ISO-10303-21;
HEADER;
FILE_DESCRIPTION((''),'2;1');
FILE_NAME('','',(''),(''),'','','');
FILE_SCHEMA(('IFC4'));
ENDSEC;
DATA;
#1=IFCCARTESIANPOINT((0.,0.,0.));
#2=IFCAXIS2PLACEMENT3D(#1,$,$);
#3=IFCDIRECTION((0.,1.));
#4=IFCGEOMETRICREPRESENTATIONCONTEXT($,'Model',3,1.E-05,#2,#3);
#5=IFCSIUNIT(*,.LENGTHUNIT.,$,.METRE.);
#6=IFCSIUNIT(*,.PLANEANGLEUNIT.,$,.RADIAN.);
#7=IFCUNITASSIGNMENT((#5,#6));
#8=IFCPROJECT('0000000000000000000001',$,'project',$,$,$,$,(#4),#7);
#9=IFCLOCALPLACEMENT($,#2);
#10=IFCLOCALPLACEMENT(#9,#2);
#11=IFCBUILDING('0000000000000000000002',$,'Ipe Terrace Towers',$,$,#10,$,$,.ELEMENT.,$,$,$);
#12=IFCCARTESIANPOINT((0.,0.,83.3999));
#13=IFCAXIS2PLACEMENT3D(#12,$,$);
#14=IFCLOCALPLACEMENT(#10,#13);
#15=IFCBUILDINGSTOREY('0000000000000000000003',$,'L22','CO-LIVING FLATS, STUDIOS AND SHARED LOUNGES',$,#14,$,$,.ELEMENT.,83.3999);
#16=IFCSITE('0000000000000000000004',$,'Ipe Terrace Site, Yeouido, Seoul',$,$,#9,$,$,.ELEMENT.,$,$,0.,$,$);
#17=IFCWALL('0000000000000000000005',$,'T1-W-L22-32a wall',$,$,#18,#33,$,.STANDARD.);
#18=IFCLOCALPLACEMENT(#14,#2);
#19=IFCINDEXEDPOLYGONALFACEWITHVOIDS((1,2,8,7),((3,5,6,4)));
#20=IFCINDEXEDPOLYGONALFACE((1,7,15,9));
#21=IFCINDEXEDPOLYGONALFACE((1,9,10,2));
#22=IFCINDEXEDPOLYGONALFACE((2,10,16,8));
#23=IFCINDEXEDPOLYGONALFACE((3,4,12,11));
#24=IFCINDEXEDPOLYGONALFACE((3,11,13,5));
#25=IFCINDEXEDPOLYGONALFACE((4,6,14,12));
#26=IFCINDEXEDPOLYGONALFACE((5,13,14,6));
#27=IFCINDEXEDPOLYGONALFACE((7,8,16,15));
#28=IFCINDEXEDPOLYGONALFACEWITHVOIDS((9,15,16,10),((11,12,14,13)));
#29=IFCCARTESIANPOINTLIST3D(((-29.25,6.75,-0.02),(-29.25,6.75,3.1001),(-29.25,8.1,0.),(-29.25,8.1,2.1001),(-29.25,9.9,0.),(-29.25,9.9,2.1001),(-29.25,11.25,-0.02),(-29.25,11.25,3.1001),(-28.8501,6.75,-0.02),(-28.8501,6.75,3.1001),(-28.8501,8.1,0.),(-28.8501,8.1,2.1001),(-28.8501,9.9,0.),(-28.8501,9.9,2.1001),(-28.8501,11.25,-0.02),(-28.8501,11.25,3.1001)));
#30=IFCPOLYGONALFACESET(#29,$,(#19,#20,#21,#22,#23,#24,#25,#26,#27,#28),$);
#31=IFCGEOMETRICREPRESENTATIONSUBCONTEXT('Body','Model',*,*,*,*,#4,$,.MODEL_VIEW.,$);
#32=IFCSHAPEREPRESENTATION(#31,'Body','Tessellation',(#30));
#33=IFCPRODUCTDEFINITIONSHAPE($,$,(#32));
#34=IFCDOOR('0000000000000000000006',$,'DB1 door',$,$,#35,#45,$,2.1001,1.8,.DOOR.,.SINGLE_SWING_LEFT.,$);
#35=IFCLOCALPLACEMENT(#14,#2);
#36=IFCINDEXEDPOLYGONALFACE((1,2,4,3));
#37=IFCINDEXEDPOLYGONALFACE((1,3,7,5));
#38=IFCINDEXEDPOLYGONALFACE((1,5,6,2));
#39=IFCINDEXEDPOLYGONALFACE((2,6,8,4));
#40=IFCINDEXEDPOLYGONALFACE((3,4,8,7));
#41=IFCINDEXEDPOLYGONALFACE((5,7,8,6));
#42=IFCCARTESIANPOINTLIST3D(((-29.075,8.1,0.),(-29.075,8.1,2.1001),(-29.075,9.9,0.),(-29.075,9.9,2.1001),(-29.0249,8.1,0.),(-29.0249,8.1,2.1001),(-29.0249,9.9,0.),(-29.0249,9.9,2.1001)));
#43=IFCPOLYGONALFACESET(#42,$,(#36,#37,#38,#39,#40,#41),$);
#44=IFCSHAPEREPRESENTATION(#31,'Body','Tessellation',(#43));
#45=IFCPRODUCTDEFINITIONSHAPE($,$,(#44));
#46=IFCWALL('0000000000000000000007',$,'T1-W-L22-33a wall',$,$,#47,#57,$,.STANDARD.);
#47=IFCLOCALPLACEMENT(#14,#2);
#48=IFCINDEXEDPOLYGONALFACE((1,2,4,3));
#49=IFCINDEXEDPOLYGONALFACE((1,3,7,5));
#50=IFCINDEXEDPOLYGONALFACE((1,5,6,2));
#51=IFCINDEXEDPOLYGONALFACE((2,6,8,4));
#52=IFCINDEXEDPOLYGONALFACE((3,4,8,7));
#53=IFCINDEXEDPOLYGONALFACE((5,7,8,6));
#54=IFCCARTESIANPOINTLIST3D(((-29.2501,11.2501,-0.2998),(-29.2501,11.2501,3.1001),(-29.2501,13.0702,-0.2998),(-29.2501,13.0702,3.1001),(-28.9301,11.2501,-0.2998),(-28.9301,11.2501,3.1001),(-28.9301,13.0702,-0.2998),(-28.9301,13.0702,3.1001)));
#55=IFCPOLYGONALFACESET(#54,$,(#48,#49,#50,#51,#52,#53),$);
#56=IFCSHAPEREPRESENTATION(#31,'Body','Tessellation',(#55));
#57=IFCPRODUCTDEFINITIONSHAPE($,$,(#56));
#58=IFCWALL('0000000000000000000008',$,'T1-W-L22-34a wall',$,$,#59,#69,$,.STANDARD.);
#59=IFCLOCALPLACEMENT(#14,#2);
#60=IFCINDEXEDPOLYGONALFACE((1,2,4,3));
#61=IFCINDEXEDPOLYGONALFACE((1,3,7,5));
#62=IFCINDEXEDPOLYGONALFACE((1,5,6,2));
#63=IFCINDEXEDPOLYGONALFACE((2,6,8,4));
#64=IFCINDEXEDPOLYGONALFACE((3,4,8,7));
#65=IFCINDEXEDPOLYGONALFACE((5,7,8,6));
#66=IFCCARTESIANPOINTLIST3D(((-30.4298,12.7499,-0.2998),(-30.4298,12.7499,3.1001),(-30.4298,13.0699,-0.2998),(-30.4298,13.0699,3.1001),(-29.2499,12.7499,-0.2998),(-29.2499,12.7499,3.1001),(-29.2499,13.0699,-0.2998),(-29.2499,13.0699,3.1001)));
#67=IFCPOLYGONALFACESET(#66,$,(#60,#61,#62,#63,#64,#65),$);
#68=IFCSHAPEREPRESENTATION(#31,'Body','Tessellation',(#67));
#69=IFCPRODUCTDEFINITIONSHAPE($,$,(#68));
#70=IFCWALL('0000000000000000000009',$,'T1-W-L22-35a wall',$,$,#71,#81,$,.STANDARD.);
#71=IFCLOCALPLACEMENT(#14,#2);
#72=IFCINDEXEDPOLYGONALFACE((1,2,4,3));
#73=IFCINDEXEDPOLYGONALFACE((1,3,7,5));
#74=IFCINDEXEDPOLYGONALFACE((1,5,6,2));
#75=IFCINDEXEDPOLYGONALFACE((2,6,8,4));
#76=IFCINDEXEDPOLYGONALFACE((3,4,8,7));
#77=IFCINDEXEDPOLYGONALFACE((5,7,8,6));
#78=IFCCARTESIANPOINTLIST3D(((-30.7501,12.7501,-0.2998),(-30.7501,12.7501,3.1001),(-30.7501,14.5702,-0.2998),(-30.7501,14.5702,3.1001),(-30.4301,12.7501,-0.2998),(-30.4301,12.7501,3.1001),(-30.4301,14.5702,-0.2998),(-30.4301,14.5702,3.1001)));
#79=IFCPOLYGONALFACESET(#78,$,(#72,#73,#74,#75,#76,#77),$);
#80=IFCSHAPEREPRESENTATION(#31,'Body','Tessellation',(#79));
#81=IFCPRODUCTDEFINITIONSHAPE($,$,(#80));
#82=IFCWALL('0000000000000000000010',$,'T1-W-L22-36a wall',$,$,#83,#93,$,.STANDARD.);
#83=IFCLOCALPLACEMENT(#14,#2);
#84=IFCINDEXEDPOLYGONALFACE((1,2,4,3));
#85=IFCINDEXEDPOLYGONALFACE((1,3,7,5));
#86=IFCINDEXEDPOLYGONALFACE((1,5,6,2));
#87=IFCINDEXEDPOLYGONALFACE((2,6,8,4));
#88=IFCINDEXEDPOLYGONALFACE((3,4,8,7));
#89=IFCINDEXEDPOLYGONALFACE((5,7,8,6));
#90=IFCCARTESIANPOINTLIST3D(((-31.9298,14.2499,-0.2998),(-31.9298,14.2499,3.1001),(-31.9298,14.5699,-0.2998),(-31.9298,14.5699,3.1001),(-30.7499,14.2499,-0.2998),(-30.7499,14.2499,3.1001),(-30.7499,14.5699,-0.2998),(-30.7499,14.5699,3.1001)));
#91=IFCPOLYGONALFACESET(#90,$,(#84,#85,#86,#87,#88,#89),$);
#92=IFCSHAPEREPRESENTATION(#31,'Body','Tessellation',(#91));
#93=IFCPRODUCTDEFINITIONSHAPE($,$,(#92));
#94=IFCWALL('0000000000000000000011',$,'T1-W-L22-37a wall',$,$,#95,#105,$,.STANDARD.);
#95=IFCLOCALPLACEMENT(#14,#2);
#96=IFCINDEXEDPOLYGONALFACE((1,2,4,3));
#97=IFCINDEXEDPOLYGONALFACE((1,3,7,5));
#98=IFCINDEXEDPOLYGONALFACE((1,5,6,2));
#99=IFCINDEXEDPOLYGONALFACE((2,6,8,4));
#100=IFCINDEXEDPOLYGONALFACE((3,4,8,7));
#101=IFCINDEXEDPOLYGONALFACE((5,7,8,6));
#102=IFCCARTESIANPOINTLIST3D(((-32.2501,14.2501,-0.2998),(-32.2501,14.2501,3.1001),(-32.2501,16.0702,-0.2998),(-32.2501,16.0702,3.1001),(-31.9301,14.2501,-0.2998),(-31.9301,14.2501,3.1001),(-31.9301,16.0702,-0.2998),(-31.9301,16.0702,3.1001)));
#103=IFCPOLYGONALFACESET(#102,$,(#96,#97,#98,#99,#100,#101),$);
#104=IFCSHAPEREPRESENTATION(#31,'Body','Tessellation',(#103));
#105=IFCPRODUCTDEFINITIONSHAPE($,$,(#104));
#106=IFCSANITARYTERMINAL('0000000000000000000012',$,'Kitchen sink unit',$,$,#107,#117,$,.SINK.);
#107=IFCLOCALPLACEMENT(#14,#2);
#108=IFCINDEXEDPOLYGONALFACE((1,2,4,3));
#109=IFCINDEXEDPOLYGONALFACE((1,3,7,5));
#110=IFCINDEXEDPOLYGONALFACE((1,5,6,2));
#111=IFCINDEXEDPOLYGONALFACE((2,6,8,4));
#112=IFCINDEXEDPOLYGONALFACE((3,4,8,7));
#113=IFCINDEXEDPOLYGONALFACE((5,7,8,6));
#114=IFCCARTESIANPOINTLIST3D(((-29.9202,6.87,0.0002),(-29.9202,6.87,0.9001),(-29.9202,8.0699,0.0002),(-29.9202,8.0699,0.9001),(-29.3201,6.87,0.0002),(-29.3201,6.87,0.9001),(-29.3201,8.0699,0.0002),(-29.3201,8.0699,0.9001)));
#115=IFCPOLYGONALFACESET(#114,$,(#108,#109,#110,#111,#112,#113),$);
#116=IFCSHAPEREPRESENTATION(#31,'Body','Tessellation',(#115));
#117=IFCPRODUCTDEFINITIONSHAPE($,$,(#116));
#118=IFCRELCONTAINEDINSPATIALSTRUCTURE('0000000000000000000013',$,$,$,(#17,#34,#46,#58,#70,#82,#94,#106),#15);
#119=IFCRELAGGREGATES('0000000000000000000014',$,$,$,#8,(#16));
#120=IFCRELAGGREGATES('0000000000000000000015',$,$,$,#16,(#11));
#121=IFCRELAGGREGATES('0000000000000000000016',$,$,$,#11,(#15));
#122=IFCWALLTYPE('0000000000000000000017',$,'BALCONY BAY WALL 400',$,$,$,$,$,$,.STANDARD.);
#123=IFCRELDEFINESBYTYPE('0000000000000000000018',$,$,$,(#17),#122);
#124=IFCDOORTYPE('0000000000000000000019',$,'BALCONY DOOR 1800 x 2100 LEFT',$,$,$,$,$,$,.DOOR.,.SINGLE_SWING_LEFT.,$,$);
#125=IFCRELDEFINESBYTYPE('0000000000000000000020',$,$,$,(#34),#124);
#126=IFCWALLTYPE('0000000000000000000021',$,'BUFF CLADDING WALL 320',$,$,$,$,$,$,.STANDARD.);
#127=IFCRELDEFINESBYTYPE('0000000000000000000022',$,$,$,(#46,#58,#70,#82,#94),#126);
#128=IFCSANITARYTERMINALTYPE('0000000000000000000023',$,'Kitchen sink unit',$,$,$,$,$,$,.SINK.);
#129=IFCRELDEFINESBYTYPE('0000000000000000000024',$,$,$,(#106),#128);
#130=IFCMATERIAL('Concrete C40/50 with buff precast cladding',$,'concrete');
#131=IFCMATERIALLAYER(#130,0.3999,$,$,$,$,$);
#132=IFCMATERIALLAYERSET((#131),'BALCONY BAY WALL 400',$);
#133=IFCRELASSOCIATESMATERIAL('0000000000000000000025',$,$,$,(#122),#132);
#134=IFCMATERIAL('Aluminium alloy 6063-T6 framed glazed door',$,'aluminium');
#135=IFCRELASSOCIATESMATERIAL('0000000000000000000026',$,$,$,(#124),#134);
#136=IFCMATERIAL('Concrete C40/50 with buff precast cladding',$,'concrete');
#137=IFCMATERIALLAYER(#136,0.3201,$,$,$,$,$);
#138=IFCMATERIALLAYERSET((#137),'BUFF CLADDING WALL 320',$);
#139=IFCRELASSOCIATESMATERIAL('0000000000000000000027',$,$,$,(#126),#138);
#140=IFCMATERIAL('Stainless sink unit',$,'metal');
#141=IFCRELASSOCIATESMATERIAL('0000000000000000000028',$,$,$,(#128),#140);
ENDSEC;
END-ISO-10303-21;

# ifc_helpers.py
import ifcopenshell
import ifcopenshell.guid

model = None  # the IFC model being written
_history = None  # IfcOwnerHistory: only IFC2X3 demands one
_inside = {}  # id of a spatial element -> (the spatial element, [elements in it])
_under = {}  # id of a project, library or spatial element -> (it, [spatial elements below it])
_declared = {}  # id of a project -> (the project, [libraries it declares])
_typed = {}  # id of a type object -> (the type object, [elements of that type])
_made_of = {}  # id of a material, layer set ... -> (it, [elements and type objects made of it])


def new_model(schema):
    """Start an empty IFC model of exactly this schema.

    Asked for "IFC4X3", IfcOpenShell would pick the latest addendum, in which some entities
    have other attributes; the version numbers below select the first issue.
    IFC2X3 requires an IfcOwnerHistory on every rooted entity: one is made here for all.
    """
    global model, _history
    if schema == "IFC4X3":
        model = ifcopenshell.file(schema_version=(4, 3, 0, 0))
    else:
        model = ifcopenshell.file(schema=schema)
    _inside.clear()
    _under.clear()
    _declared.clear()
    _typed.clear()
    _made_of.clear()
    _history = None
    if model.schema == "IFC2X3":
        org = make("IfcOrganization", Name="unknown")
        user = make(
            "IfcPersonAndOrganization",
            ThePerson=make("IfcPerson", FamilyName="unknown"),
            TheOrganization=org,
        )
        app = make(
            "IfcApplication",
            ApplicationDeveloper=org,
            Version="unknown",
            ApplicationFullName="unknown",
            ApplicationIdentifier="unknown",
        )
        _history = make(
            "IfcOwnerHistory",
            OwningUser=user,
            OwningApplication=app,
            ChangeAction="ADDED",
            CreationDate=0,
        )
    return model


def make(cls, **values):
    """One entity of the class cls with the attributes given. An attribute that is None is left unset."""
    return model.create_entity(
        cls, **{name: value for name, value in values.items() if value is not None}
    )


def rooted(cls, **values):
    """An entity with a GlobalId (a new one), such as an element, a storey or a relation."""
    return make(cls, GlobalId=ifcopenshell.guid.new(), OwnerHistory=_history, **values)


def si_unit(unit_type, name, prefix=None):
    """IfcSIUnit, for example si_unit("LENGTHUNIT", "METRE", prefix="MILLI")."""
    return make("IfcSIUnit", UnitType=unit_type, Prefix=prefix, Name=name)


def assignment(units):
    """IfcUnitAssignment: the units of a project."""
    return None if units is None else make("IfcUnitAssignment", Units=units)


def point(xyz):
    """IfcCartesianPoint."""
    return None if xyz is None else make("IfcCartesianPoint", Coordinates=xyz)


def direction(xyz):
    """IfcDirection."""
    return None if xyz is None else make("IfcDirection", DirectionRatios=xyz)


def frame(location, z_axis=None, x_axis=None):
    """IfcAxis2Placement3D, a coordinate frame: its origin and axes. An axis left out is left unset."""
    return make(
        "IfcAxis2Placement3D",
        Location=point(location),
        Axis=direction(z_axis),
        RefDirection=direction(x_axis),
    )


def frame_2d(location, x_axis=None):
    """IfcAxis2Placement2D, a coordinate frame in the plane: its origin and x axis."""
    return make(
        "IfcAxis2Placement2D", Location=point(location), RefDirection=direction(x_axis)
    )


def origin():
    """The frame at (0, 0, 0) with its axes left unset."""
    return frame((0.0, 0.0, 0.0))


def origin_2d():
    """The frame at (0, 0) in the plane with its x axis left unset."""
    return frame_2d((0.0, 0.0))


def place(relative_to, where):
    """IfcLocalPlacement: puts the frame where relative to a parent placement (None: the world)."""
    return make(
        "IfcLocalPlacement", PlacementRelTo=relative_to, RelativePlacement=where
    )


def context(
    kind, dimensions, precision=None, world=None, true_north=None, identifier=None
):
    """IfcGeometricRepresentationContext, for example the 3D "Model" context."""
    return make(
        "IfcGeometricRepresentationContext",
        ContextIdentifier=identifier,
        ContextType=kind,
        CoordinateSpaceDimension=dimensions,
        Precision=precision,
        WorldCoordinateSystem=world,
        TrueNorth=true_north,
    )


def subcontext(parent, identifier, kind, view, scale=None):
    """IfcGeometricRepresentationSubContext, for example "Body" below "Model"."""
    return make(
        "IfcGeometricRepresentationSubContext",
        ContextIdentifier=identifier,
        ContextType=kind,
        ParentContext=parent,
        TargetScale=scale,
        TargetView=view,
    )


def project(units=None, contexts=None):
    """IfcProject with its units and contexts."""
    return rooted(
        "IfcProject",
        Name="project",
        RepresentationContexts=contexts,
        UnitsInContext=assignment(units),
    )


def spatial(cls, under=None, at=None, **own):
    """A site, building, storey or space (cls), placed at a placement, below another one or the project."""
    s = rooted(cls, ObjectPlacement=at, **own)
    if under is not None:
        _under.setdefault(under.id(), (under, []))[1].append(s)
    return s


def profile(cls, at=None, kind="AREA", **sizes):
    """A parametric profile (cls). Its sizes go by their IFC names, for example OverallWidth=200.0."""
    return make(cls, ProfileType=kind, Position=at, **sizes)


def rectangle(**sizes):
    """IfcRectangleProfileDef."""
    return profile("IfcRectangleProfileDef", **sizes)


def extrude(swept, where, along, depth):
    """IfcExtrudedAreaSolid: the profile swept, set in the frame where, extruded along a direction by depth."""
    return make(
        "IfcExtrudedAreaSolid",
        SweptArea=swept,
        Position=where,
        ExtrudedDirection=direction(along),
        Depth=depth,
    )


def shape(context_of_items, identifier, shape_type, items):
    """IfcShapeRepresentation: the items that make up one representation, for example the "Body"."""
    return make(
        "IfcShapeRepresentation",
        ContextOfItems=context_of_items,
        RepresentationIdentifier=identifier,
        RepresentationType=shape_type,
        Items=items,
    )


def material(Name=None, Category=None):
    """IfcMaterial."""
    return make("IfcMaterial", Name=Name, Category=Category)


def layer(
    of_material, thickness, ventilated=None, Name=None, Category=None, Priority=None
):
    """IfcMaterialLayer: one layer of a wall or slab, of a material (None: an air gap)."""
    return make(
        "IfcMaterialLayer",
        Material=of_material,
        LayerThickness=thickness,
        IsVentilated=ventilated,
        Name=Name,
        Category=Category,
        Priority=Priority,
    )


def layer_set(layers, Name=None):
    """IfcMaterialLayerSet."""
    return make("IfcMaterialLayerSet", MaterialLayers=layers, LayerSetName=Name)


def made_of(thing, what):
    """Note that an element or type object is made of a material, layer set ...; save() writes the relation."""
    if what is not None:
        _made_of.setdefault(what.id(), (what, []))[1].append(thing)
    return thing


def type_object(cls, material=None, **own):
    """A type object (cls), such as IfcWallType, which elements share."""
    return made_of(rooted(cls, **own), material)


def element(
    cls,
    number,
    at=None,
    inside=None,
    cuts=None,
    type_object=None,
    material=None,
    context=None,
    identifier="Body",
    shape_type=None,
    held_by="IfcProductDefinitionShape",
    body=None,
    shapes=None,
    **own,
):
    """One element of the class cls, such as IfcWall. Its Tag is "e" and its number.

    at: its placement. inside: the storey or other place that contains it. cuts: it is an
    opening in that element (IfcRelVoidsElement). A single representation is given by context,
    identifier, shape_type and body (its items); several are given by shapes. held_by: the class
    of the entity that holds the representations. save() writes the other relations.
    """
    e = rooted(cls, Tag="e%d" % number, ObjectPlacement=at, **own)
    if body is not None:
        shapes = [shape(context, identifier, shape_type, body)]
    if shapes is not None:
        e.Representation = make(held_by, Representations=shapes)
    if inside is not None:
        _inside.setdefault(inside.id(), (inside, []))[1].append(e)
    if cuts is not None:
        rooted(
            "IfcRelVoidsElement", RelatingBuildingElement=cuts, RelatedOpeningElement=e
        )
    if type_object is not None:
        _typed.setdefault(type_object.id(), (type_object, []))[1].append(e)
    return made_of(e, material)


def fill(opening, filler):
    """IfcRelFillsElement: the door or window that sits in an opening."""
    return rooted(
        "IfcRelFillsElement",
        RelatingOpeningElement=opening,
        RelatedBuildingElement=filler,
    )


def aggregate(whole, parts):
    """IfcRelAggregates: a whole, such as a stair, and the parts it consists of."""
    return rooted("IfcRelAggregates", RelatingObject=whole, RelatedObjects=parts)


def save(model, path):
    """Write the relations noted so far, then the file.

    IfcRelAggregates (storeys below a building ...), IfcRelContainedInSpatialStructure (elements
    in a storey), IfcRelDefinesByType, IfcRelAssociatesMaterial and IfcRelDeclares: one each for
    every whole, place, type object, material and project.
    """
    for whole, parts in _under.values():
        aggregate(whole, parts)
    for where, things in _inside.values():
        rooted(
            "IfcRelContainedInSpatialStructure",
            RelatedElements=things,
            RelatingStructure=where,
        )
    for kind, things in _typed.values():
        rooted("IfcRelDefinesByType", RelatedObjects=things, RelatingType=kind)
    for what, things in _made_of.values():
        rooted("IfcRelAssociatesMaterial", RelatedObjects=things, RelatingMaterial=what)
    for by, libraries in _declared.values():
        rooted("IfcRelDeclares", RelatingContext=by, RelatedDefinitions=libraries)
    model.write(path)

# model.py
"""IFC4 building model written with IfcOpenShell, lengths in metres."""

from ifc_helpers import new_model, si_unit, direction, frame, frame_2d, origin, origin_2d, place, context, subcontext, project, spatial, rectangle, extrude, material, layer, layer_set, type_object, element, fill, save


model = new_model("IFC4")

# Units and contexts
model_context = context("Model", 3, precision=1e-05, world=origin(), true_north=direction((0.0, 1.0)))
body_context = subcontext(model_context, "Body", "Model", "MODEL_VIEW")
ifc_project = project(units=[si_unit("LENGTHUNIT", "METRE"), si_unit("PLANEANGLEUNIT", "RADIAN")], contexts=[model_context])

# Site, building, storey
site_placement = place(None, origin())
site = spatial("IfcSite", under=ifc_project, at=site_placement, Name="Ipe Terrace Site, Yeouido, Seoul", CompositionType="ELEMENT", RefElevation=0.0)
building_placement = place(site_placement, origin())
building = spatial("IfcBuilding", under=site, at=building_placement, Name="Ipe Terrace Towers", CompositionType="ELEMENT")
storey_placement = place(building_placement, frame((0.0, 0.0, 83.3999)))
storey = spatial("IfcBuildingStorey", under=building, at=storey_placement, Name="L22", Description="CO-LIVING FLATS, STUDIOS AND SHARED LOUNGES", CompositionType="ELEMENT", Elevation=83.3999)

# Wall, opening, door
ifc_material_1 = material(Name="Concrete C40/50 with buff precast cladding", Category="concrete")
ifc_layer_1 = layer(ifc_material_1, 0.3999)
ifc_layer_set_1 = layer_set([ifc_layer_1], Name="BALCONY BAY WALL 400")
wall_type_1 = type_object("IfcWallType", Name="BALCONY BAY WALL 400", PredefinedType="STANDARD", material=ifc_layer_set_1)
wall_1_placement = place(storey_placement, frame((-29.05, 6.75, -0.02), z_axis=(0.0, 0.0, 1.0), x_axis=(0.0, 1.0, 0.0)))
wall_1 = element("IfcWall", 1, at=wall_1_placement, inside=storey, type_object=wall_type_1, Name="T1-W-L22-32a wall", PredefinedType="STANDARD", context=body_context, shape_type="SweptSolid", body=[
    extrude(rectangle(XDim=4.5, YDim=0.3999, at=frame_2d((2.25, 0.0))), origin(), (0.0, 0.0, 1.0), 3.1201),
])
opening_placement = place(wall_1_placement, frame((1.3501, 0.0, 0.02)))
opening = element("IfcOpeningElement", 2, at=opening_placement, cuts=wall_1, PredefinedType="OPENING", context=body_context, shape_type="SweptSolid", body=[
    extrude(rectangle(XDim=1.8, YDim=2.1001, at=frame_2d((0.8999, 1.05))), frame((0.0, 0.21, 0.0), z_axis=(0.0, -1.0, 0.0), x_axis=(1.0, 0.0, 0.0)), (0.0, 0.0, 1.0), 0.4199),
])
ifc_material_2 = material(Name="Aluminium alloy 6063-T6 framed glazed door", Category="aluminium")
door_type = type_object("IfcDoorType", Name="BALCONY DOOR 1800 x 2100 LEFT", OperationType="SINGLE_SWING_LEFT", PredefinedType="DOOR", material=ifc_material_2)
door_placement = place(opening_placement, origin())
door = element("IfcDoor", 3, at=door_placement, inside=storey, type_object=door_type, Name="DB1 door", OperationType="SINGLE_SWING_LEFT", OverallHeight=2.1001, OverallWidth=1.8, PredefinedType="DOOR", context=body_context, shape_type="SweptSolid", body=[
    extrude(rectangle(XDim=1.8, YDim=2.1001, at=frame_2d((0.8999, 1.05))), frame((0.0, 0.0249, 0.0), z_axis=(0.0, -1.0, 0.0), x_axis=(1.0, 0.0, 0.0)), (0.0, 0.0, 1.0), 0.05),
])
fill(opening, door)

# Walls
ifc_material_3 = material(Name="Concrete C40/50 with buff precast cladding", Category="concrete")
ifc_layer_2 = layer(ifc_material_3, 0.3201)
ifc_layer_set_2 = layer_set([ifc_layer_2], Name="BUFF CLADDING WALL 320")
wall_type_2 = type_object("IfcWallType", Name="BUFF CLADDING WALL 320", PredefinedType="STANDARD", material=ifc_layer_set_2)
wall_2_placement = place(storey_placement, frame((-29.0901, 11.25, -0.2998), z_axis=(0.0, 0.0, 1.0), x_axis=(0.0, 1.0, 0.0)))
element("IfcWall", 4, at=wall_2_placement, inside=storey, type_object=wall_type_2, Name="T1-W-L22-33a wall", PredefinedType="STANDARD", context=body_context, shape_type="SweptSolid", body=[
    extrude(rectangle(XDim=1.8201, YDim=0.3201, at=frame_2d((0.9102, 0.0))), origin(), (0.0, 0.0, 1.0), 3.3999),
])
wall_3_placement = place(storey_placement, frame((-29.25, 12.9099, -0.2998), z_axis=(0.0, 0.0, 1.0), x_axis=(-1.0, 0.0, 0.0)))
element("IfcWall", 5, at=wall_3_placement, inside=storey, type_object=wall_type_2, Name="T1-W-L22-34a wall", PredefinedType="STANDARD", context=body_context, shape_type="SweptSolid", body=[
    extrude(rectangle(XDim=1.1799, YDim=0.3201, at=frame_2d((0.5898, 0.0))), origin(), (0.0, 0.0, 1.0), 3.3999),
])
wall_4_placement = place(storey_placement, frame((-30.5901, 12.75, -0.2998), z_axis=(0.0, 0.0, 1.0), x_axis=(0.0, 1.0, 0.0)))
element("IfcWall", 6, at=wall_4_placement, inside=storey, type_object=wall_type_2, Name="T1-W-L22-35a wall", PredefinedType="STANDARD", context=body_context, shape_type="SweptSolid", body=[
    extrude(rectangle(XDim=1.8201, YDim=0.3201, at=frame_2d((0.9102, 0.0))), origin(), (0.0, 0.0, 1.0), 3.3999),
])
wall_5_placement = place(storey_placement, frame((-30.75, 14.4099, -0.2998), z_axis=(0.0, 0.0, 1.0), x_axis=(-1.0, 0.0, 0.0)))
element("IfcWall", 7, at=wall_5_placement, inside=storey, type_object=wall_type_2, Name="T1-W-L22-36a wall", PredefinedType="STANDARD", context=body_context, shape_type="SweptSolid", body=[
    extrude(rectangle(XDim=1.1799, YDim=0.3201, at=frame_2d((0.5898, 0.0))), origin(), (0.0, 0.0, 1.0), 3.3999),
])
wall_6_placement = place(storey_placement, frame((-32.0901, 14.25, -0.2998), z_axis=(0.0, 0.0, 1.0), x_axis=(0.0, 1.0, 0.0)))
element("IfcWall", 8, at=wall_6_placement, inside=storey, type_object=wall_type_2, Name="T1-W-L22-37a wall", PredefinedType="STANDARD", context=body_context, shape_type="SweptSolid", body=[
    extrude(rectangle(XDim=1.8201, YDim=0.3201, at=frame_2d((0.9102, 0.0))), origin(), (0.0, 0.0, 1.0), 3.3999),
])

# Sanitary terminal
ifc_material_4 = material(Name="Stainless sink unit", Category="metal")
sanitary_terminal_type = type_object("IfcSanitaryTerminalType", Name="Kitchen sink unit", PredefinedType="SINK", material=ifc_material_4)
sanitary_terminal_placement = place(storey_placement, frame((-29.6201, 7.47, 0.0002), z_axis=(0.0, 0.0, 1.0), x_axis=(0.0, -1.0, 0.0)))
element("IfcSanitaryTerminal", 9, at=sanitary_terminal_placement, inside=storey, type_object=sanitary_terminal_type, Name="Kitchen sink unit", PredefinedType="SINK", context=body_context, shape_type="SweptSolid", body=[
    extrude(rectangle(XDim=1.2, YDim=0.6001, at=origin_2d()), origin(), (0.0, 0.0, 1.0), 0.8999),
])

save(model, "model.ifc")
